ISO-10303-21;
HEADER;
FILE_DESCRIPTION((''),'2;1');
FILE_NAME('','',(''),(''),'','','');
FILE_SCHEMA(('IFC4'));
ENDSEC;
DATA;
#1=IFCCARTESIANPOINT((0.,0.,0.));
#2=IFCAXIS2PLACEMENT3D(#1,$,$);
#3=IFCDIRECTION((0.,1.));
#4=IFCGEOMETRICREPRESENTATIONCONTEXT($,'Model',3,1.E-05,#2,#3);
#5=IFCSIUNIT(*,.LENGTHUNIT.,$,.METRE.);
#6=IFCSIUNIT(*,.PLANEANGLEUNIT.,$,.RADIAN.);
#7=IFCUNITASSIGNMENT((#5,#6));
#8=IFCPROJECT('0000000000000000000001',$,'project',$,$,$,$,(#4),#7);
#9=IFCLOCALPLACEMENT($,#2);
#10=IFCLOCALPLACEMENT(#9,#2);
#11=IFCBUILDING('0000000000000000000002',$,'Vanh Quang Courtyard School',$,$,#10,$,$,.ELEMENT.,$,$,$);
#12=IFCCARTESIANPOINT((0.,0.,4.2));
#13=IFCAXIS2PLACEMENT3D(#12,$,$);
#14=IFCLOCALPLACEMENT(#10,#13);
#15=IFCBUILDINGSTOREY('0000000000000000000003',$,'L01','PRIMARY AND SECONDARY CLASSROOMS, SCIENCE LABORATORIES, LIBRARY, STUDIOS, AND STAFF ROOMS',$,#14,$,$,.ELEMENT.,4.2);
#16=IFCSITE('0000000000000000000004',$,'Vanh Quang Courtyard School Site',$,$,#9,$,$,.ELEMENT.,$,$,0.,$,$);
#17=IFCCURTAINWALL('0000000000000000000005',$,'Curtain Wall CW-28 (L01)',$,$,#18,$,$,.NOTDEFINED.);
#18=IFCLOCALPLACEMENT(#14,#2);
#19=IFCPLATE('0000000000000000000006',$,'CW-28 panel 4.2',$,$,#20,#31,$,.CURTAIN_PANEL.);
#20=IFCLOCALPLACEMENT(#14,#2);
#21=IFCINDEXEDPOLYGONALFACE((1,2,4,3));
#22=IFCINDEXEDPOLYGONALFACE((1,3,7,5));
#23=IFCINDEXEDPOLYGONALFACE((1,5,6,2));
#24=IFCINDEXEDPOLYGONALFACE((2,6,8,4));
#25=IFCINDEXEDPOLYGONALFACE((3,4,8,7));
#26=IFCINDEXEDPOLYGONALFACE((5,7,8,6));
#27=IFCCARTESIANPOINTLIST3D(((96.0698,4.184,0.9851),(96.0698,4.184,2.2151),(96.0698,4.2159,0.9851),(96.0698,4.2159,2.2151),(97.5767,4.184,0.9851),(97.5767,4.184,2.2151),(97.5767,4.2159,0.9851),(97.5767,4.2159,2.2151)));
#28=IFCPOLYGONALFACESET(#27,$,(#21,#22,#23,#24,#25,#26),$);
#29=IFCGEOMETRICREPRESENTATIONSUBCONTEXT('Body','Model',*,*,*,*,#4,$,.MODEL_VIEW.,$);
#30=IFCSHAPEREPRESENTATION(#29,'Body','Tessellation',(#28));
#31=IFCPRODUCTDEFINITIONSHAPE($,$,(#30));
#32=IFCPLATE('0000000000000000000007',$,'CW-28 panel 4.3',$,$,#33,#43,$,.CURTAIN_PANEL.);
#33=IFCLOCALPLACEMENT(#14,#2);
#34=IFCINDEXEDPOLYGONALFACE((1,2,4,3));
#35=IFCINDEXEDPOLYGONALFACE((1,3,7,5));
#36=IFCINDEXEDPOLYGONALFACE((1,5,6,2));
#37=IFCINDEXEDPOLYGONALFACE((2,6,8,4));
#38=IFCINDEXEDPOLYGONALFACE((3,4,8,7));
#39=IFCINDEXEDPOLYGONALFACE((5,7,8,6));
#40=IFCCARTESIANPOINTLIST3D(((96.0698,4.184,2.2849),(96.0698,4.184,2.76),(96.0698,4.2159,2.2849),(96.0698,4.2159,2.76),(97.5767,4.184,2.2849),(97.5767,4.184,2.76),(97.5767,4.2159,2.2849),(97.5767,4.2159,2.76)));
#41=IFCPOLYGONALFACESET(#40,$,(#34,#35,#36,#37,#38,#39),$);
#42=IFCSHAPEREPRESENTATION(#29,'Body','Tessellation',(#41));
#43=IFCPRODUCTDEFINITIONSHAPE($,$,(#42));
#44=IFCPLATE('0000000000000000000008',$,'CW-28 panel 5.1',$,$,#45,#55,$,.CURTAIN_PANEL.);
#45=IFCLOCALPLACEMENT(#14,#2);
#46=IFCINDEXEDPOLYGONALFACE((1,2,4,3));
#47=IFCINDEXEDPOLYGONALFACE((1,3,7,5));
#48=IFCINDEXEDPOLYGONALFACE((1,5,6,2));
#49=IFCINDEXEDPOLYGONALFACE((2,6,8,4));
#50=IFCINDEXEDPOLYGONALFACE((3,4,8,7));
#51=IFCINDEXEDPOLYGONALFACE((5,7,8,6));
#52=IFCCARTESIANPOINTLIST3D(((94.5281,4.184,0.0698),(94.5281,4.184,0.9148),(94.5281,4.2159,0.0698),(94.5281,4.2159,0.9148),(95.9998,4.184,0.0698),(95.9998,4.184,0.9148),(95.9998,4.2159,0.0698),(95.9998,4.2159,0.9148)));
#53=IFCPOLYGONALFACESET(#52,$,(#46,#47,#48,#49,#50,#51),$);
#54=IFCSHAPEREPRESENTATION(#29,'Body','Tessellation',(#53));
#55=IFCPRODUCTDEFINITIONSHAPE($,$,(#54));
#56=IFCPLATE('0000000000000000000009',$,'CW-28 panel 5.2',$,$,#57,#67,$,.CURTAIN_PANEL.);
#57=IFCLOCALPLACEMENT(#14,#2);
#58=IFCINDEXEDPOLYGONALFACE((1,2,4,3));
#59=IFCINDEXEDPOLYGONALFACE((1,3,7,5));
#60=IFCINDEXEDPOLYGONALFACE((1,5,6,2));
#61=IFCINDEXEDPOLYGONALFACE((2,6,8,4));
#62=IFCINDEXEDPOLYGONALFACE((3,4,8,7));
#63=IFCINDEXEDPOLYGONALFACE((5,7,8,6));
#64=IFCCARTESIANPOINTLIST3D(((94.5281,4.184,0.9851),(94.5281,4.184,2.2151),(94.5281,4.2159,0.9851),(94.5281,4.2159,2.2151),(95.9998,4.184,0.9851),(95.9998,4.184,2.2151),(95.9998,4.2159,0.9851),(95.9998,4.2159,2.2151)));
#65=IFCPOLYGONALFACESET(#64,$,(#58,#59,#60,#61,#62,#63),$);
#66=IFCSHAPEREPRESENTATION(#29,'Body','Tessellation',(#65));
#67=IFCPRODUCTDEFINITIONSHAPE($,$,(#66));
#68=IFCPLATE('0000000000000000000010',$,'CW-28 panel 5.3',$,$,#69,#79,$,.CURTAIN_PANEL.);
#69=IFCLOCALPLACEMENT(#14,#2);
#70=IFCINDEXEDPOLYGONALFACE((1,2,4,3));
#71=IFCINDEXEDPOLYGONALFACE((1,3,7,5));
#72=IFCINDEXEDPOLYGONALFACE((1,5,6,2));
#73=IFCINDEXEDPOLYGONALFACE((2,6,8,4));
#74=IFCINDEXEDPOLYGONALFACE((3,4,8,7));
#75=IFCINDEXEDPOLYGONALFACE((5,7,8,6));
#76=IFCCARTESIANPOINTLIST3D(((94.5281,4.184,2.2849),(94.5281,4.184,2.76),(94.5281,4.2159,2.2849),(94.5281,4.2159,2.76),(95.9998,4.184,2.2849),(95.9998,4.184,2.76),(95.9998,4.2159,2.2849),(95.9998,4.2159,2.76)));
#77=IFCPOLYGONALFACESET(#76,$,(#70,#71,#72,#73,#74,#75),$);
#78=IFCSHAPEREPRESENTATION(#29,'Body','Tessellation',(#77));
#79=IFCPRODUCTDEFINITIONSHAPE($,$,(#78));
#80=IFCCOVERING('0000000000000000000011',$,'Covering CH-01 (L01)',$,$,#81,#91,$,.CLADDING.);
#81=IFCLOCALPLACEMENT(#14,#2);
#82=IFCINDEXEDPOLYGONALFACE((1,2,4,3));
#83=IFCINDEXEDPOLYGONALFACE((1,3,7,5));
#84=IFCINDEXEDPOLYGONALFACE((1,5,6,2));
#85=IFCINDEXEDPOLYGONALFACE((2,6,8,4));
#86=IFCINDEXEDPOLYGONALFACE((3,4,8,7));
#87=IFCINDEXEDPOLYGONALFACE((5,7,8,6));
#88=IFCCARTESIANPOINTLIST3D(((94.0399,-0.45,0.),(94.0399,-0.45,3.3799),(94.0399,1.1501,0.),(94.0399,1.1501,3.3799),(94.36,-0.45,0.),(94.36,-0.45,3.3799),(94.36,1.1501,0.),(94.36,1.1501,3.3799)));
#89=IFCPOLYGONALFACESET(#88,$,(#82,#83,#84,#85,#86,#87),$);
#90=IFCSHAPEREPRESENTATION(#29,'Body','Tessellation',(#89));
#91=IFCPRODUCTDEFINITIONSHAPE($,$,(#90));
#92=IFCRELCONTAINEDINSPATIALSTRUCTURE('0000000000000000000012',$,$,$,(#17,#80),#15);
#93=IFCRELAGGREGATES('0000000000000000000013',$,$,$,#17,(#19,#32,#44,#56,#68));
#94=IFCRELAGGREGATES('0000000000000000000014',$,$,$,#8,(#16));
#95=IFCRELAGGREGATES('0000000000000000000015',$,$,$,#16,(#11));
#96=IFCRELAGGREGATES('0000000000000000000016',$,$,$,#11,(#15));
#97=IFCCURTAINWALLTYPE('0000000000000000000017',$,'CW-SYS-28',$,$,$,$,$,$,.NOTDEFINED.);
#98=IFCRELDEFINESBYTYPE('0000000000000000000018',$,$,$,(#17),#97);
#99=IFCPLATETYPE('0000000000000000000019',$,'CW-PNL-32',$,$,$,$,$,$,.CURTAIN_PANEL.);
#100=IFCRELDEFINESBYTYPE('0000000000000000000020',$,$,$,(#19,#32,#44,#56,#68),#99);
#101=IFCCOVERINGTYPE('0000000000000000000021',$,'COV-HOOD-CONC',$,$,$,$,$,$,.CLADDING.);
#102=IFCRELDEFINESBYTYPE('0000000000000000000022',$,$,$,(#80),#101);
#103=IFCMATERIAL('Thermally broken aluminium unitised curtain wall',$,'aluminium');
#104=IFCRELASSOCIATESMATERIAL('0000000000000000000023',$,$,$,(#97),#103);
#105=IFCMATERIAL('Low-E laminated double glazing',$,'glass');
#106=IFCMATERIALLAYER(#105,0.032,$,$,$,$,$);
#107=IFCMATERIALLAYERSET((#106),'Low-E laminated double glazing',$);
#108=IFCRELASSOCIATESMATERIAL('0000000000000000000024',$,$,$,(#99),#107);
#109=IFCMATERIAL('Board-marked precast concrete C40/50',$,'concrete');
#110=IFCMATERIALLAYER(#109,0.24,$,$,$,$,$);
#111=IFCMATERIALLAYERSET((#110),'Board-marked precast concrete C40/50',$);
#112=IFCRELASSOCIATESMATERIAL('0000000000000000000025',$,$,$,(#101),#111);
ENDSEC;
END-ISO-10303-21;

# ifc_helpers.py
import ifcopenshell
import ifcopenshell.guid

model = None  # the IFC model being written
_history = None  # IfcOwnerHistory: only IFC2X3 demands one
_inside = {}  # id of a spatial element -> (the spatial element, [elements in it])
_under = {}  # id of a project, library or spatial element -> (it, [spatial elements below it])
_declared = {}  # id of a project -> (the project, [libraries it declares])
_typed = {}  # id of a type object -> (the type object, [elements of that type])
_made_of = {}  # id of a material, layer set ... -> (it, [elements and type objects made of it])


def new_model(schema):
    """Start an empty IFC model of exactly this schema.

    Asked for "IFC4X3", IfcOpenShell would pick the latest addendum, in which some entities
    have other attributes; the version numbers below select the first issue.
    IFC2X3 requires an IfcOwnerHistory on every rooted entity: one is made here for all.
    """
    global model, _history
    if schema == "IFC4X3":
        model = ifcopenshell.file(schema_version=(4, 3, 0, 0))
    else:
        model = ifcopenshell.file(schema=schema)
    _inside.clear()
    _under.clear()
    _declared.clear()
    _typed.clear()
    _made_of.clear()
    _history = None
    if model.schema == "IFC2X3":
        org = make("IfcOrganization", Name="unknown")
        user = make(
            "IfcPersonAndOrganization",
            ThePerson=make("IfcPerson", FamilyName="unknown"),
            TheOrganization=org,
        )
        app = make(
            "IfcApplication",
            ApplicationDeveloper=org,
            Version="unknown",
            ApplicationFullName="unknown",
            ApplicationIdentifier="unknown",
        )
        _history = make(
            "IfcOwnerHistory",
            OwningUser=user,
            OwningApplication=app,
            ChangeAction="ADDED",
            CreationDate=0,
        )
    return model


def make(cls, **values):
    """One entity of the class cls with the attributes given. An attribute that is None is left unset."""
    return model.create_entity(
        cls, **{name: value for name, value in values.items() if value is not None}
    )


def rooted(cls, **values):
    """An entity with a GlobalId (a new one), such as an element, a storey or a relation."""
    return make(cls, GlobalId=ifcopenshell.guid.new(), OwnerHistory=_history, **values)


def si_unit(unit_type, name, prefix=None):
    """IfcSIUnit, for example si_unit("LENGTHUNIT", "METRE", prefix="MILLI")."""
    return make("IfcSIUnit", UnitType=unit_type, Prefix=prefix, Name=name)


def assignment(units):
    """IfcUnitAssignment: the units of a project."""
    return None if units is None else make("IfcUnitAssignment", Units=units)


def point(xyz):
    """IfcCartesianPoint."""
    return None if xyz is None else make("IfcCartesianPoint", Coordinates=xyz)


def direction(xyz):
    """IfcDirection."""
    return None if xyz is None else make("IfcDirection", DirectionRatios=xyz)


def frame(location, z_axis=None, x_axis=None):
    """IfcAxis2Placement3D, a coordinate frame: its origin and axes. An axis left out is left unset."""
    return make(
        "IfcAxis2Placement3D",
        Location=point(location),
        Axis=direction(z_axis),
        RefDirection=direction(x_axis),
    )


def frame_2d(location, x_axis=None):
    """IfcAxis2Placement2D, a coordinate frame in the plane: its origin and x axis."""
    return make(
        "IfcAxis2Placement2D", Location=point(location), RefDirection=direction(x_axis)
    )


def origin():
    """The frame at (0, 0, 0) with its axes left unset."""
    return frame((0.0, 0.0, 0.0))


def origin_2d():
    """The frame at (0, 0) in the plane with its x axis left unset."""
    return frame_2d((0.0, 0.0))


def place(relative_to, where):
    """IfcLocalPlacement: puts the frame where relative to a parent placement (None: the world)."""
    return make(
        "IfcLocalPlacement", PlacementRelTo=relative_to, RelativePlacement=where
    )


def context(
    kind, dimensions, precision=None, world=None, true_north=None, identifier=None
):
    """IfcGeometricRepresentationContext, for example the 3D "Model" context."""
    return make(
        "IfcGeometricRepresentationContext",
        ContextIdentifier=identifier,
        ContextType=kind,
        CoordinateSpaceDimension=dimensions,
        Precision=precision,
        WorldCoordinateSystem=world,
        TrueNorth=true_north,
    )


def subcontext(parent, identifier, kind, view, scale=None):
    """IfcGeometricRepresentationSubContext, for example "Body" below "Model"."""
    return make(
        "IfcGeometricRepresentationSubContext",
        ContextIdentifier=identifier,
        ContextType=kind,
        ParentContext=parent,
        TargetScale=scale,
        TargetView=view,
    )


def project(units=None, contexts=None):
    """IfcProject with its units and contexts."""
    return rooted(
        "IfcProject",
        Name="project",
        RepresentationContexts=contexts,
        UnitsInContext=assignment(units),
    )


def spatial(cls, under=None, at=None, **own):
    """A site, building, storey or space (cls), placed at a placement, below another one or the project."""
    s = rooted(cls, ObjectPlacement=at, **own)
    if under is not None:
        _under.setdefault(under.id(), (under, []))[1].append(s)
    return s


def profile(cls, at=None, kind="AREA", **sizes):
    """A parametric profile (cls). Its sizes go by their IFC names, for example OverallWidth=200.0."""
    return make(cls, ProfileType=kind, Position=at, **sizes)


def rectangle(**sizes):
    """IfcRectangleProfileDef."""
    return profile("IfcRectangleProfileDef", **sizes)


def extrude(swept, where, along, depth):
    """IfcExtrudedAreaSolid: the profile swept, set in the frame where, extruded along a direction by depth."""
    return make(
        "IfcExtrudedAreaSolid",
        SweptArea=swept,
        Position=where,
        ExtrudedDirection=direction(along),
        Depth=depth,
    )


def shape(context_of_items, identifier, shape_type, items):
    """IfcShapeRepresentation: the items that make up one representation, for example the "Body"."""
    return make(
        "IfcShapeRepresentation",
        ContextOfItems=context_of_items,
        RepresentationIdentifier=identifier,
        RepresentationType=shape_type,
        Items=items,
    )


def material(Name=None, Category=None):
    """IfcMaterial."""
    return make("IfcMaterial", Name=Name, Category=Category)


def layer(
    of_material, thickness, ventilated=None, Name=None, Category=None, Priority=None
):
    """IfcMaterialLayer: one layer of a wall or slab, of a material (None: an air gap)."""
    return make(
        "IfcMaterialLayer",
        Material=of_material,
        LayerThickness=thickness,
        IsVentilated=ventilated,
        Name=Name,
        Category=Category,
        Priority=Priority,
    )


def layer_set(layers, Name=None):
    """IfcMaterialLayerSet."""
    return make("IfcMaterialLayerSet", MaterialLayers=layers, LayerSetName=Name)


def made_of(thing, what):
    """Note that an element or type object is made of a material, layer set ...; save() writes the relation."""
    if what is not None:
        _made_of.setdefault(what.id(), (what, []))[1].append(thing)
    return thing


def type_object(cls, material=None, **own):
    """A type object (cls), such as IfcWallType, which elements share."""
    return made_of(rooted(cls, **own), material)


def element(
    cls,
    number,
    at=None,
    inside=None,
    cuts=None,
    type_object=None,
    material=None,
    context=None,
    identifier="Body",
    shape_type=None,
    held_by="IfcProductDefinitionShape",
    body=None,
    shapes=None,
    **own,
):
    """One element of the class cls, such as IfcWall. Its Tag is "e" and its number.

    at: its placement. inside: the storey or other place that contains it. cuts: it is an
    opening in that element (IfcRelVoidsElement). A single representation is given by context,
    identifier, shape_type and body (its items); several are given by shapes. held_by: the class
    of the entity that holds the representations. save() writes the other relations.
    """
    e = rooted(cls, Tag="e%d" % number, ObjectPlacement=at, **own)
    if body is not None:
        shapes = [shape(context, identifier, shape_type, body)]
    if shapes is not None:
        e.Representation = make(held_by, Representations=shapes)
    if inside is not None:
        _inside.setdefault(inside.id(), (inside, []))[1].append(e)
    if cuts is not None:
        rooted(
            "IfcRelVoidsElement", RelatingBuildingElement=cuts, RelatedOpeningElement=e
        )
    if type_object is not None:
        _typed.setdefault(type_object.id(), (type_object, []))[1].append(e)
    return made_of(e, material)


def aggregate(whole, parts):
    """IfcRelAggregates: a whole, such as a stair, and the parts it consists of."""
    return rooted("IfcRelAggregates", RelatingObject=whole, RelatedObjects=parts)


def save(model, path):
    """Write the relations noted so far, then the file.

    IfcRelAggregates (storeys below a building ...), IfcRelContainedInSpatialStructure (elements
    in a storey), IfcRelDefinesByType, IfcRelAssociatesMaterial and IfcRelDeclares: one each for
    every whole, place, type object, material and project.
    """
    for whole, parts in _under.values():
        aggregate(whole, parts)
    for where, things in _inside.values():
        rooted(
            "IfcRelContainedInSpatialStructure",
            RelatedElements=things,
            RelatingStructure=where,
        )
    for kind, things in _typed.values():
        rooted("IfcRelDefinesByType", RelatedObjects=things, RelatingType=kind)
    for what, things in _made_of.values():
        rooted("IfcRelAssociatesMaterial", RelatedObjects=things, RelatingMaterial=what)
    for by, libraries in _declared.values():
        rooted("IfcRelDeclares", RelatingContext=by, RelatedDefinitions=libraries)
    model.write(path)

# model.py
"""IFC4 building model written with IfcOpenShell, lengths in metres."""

from ifc_helpers import new_model, si_unit, direction, frame, origin, origin_2d, place, context, subcontext, project, spatial, rectangle, extrude, material, layer, layer_set, type_object, element, aggregate, save


model = new_model("IFC4")

# Units and contexts
model_context = context("Model", 3, precision=1e-05, world=origin(), true_north=direction((0.0, 1.0)))
body_context = subcontext(model_context, "Body", "Model", "MODEL_VIEW")
ifc_project = project(units=[si_unit("LENGTHUNIT", "METRE"), si_unit("PLANEANGLEUNIT", "RADIAN")], contexts=[model_context])

# Site, building, storey
site_placement = place(None, origin())
site = spatial("IfcSite", under=ifc_project, at=site_placement, Name="Vanh Quang Courtyard School Site", CompositionType="ELEMENT", RefElevation=0.0)
building_placement = place(site_placement, origin())
building = spatial("IfcBuilding", under=site, at=building_placement, Name="Vanh Quang Courtyard School", CompositionType="ELEMENT")
storey_placement = place(building_placement, frame((0.0, 0.0, 4.2)))
storey = spatial("IfcBuildingStorey", under=building, at=storey_placement, Name="L01", Description="PRIMARY AND SECONDARY CLASSROOMS, SCIENCE LABORATORIES, LIBRARY, STUDIOS, AND STAFF ROOMS", CompositionType="ELEMENT", Elevation=4.2)

# Curtain wall
ifc_material_1 = material(Name="Thermally broken aluminium unitised curtain wall", Category="aluminium")
curtain_wall_type_1 = type_object("IfcCurtainWallType", Name="CW-SYS-28", PredefinedType="NOTDEFINED", material=ifc_material_1)
curtain_wall_1_placement = place(storey_placement, origin())
curtain_wall_1 = element("IfcCurtainWall", 1, at=curtain_wall_1_placement, inside=storey, type_object=curtain_wall_type_1, Name="Curtain Wall CW-28 (L01)", PredefinedType="NOTDEFINED")

# Plates
ifc_material_2 = material(Name="Low-E laminated double glazing", Category="glass")
ifc_layer_1 = layer(ifc_material_2, 0.032)
ifc_layer_set_1 = layer_set([ifc_layer_1], Name="Low-E laminated double glazing")
plate_type_1 = type_object("IfcPlateType", Name="CW-PNL-32", PredefinedType="CURTAIN_PANEL", material=ifc_layer_set_1)
plate_1_placement = place(storey_placement, frame((96.8232, 4.2, 0.9851), z_axis=(0.0, 0.0, 1.0), x_axis=(-1.0, 0.0, 0.0)))
plate_1 = element("IfcPlate", 2, at=plate_1_placement, type_object=plate_type_1, Name="CW-28 panel 4.2", PredefinedType="CURTAIN_PANEL", context=body_context, shape_type="SweptSolid", body=[
    extrude(rectangle(XDim=1.5068, YDim=0.032, at=origin_2d()), origin(), (0.0, 0.0, 1.0), 1.23),
])
plate_2_placement = place(storey_placement, frame((96.8232, 4.2, 2.2849), z_axis=(0.0, 0.0, 1.0), x_axis=(-1.0, 0.0, 0.0)))
plate_2 = element("IfcPlate", 3, at=plate_2_placement, type_object=plate_type_1, Name="CW-28 panel 4.3", PredefinedType="CURTAIN_PANEL", context=body_context, shape_type="SweptSolid", body=[
    extrude(rectangle(XDim=1.5068, YDim=0.032, at=origin_2d()), origin(), (0.0, 0.0, 1.0), 0.4751),
])
plate_3_placement = place(storey_placement, frame((95.2639, 4.2, 0.0698), z_axis=(0.0, 0.0, 1.0), x_axis=(-1.0, 0.0, 0.0)))
plate_3 = element("IfcPlate", 4, at=plate_3_placement, type_object=plate_type_1, Name="CW-28 panel 5.1", PredefinedType="CURTAIN_PANEL", context=body_context, shape_type="SweptSolid", body=[
    extrude(rectangle(XDim=1.4717, YDim=0.032, at=origin_2d()), origin(), (0.0, 0.0, 1.0), 0.845),
])
plate_4_placement = place(storey_placement, frame((95.2639, 4.2, 0.9851), z_axis=(0.0, 0.0, 1.0), x_axis=(-1.0, 0.0, 0.0)))
plate_4 = element("IfcPlate", 5, at=plate_4_placement, type_object=plate_type_1, Name="CW-28 panel 5.2", PredefinedType="CURTAIN_PANEL", context=body_context, shape_type="SweptSolid", body=[
    extrude(rectangle(XDim=1.4717, YDim=0.032, at=origin_2d()), origin(), (0.0, 0.0, 1.0), 1.23),
])
plate_5_placement = place(storey_placement, frame((95.2639, 4.2, 2.2849), z_axis=(0.0, 0.0, 1.0), x_axis=(-1.0, 0.0, 0.0)))
plate_5 = element("IfcPlate", 6, at=plate_5_placement, type_object=plate_type_1, Name="CW-28 panel 5.3", PredefinedType="CURTAIN_PANEL", context=body_context, shape_type="SweptSolid", body=[
    extrude(rectangle(XDim=1.4717, YDim=0.032, at=origin_2d()), origin(), (0.0, 0.0, 1.0), 0.4751),
])
aggregate(curtain_wall_1, [plate_1, plate_2, plate_3, plate_4, plate_5])

# Covering
ifc_material_3 = material(Name="Board-marked precast concrete C40/50", Category="concrete")
ifc_layer_2 = layer(ifc_material_3, 0.24)
ifc_layer_set_2 = layer_set([ifc_layer_2], Name="Board-marked precast concrete C40/50")
covering_type = type_object("IfcCoveringType", Name="COV-HOOD-CONC", PredefinedType="CLADDING", material=ifc_layer_set_2)
covering_placement = place(storey_placement, frame((94.2, 0.3501, 0.0), z_axis=(0.0, 0.0, 1.0), x_axis=(0.0, 1.0, 0.0)))
element("IfcCovering", 7, at=covering_placement, inside=storey, type_object=covering_type, Name="Covering CH-01 (L01)", PredefinedType="CLADDING", context=body_context, shape_type="SweptSolid", body=[
    extrude(rectangle(XDim=1.6001, YDim=0.3201, at=origin_2d()), origin(), (0.0, 0.0, 1.0), 3.3799),
])

save(model, "model.ifc")
